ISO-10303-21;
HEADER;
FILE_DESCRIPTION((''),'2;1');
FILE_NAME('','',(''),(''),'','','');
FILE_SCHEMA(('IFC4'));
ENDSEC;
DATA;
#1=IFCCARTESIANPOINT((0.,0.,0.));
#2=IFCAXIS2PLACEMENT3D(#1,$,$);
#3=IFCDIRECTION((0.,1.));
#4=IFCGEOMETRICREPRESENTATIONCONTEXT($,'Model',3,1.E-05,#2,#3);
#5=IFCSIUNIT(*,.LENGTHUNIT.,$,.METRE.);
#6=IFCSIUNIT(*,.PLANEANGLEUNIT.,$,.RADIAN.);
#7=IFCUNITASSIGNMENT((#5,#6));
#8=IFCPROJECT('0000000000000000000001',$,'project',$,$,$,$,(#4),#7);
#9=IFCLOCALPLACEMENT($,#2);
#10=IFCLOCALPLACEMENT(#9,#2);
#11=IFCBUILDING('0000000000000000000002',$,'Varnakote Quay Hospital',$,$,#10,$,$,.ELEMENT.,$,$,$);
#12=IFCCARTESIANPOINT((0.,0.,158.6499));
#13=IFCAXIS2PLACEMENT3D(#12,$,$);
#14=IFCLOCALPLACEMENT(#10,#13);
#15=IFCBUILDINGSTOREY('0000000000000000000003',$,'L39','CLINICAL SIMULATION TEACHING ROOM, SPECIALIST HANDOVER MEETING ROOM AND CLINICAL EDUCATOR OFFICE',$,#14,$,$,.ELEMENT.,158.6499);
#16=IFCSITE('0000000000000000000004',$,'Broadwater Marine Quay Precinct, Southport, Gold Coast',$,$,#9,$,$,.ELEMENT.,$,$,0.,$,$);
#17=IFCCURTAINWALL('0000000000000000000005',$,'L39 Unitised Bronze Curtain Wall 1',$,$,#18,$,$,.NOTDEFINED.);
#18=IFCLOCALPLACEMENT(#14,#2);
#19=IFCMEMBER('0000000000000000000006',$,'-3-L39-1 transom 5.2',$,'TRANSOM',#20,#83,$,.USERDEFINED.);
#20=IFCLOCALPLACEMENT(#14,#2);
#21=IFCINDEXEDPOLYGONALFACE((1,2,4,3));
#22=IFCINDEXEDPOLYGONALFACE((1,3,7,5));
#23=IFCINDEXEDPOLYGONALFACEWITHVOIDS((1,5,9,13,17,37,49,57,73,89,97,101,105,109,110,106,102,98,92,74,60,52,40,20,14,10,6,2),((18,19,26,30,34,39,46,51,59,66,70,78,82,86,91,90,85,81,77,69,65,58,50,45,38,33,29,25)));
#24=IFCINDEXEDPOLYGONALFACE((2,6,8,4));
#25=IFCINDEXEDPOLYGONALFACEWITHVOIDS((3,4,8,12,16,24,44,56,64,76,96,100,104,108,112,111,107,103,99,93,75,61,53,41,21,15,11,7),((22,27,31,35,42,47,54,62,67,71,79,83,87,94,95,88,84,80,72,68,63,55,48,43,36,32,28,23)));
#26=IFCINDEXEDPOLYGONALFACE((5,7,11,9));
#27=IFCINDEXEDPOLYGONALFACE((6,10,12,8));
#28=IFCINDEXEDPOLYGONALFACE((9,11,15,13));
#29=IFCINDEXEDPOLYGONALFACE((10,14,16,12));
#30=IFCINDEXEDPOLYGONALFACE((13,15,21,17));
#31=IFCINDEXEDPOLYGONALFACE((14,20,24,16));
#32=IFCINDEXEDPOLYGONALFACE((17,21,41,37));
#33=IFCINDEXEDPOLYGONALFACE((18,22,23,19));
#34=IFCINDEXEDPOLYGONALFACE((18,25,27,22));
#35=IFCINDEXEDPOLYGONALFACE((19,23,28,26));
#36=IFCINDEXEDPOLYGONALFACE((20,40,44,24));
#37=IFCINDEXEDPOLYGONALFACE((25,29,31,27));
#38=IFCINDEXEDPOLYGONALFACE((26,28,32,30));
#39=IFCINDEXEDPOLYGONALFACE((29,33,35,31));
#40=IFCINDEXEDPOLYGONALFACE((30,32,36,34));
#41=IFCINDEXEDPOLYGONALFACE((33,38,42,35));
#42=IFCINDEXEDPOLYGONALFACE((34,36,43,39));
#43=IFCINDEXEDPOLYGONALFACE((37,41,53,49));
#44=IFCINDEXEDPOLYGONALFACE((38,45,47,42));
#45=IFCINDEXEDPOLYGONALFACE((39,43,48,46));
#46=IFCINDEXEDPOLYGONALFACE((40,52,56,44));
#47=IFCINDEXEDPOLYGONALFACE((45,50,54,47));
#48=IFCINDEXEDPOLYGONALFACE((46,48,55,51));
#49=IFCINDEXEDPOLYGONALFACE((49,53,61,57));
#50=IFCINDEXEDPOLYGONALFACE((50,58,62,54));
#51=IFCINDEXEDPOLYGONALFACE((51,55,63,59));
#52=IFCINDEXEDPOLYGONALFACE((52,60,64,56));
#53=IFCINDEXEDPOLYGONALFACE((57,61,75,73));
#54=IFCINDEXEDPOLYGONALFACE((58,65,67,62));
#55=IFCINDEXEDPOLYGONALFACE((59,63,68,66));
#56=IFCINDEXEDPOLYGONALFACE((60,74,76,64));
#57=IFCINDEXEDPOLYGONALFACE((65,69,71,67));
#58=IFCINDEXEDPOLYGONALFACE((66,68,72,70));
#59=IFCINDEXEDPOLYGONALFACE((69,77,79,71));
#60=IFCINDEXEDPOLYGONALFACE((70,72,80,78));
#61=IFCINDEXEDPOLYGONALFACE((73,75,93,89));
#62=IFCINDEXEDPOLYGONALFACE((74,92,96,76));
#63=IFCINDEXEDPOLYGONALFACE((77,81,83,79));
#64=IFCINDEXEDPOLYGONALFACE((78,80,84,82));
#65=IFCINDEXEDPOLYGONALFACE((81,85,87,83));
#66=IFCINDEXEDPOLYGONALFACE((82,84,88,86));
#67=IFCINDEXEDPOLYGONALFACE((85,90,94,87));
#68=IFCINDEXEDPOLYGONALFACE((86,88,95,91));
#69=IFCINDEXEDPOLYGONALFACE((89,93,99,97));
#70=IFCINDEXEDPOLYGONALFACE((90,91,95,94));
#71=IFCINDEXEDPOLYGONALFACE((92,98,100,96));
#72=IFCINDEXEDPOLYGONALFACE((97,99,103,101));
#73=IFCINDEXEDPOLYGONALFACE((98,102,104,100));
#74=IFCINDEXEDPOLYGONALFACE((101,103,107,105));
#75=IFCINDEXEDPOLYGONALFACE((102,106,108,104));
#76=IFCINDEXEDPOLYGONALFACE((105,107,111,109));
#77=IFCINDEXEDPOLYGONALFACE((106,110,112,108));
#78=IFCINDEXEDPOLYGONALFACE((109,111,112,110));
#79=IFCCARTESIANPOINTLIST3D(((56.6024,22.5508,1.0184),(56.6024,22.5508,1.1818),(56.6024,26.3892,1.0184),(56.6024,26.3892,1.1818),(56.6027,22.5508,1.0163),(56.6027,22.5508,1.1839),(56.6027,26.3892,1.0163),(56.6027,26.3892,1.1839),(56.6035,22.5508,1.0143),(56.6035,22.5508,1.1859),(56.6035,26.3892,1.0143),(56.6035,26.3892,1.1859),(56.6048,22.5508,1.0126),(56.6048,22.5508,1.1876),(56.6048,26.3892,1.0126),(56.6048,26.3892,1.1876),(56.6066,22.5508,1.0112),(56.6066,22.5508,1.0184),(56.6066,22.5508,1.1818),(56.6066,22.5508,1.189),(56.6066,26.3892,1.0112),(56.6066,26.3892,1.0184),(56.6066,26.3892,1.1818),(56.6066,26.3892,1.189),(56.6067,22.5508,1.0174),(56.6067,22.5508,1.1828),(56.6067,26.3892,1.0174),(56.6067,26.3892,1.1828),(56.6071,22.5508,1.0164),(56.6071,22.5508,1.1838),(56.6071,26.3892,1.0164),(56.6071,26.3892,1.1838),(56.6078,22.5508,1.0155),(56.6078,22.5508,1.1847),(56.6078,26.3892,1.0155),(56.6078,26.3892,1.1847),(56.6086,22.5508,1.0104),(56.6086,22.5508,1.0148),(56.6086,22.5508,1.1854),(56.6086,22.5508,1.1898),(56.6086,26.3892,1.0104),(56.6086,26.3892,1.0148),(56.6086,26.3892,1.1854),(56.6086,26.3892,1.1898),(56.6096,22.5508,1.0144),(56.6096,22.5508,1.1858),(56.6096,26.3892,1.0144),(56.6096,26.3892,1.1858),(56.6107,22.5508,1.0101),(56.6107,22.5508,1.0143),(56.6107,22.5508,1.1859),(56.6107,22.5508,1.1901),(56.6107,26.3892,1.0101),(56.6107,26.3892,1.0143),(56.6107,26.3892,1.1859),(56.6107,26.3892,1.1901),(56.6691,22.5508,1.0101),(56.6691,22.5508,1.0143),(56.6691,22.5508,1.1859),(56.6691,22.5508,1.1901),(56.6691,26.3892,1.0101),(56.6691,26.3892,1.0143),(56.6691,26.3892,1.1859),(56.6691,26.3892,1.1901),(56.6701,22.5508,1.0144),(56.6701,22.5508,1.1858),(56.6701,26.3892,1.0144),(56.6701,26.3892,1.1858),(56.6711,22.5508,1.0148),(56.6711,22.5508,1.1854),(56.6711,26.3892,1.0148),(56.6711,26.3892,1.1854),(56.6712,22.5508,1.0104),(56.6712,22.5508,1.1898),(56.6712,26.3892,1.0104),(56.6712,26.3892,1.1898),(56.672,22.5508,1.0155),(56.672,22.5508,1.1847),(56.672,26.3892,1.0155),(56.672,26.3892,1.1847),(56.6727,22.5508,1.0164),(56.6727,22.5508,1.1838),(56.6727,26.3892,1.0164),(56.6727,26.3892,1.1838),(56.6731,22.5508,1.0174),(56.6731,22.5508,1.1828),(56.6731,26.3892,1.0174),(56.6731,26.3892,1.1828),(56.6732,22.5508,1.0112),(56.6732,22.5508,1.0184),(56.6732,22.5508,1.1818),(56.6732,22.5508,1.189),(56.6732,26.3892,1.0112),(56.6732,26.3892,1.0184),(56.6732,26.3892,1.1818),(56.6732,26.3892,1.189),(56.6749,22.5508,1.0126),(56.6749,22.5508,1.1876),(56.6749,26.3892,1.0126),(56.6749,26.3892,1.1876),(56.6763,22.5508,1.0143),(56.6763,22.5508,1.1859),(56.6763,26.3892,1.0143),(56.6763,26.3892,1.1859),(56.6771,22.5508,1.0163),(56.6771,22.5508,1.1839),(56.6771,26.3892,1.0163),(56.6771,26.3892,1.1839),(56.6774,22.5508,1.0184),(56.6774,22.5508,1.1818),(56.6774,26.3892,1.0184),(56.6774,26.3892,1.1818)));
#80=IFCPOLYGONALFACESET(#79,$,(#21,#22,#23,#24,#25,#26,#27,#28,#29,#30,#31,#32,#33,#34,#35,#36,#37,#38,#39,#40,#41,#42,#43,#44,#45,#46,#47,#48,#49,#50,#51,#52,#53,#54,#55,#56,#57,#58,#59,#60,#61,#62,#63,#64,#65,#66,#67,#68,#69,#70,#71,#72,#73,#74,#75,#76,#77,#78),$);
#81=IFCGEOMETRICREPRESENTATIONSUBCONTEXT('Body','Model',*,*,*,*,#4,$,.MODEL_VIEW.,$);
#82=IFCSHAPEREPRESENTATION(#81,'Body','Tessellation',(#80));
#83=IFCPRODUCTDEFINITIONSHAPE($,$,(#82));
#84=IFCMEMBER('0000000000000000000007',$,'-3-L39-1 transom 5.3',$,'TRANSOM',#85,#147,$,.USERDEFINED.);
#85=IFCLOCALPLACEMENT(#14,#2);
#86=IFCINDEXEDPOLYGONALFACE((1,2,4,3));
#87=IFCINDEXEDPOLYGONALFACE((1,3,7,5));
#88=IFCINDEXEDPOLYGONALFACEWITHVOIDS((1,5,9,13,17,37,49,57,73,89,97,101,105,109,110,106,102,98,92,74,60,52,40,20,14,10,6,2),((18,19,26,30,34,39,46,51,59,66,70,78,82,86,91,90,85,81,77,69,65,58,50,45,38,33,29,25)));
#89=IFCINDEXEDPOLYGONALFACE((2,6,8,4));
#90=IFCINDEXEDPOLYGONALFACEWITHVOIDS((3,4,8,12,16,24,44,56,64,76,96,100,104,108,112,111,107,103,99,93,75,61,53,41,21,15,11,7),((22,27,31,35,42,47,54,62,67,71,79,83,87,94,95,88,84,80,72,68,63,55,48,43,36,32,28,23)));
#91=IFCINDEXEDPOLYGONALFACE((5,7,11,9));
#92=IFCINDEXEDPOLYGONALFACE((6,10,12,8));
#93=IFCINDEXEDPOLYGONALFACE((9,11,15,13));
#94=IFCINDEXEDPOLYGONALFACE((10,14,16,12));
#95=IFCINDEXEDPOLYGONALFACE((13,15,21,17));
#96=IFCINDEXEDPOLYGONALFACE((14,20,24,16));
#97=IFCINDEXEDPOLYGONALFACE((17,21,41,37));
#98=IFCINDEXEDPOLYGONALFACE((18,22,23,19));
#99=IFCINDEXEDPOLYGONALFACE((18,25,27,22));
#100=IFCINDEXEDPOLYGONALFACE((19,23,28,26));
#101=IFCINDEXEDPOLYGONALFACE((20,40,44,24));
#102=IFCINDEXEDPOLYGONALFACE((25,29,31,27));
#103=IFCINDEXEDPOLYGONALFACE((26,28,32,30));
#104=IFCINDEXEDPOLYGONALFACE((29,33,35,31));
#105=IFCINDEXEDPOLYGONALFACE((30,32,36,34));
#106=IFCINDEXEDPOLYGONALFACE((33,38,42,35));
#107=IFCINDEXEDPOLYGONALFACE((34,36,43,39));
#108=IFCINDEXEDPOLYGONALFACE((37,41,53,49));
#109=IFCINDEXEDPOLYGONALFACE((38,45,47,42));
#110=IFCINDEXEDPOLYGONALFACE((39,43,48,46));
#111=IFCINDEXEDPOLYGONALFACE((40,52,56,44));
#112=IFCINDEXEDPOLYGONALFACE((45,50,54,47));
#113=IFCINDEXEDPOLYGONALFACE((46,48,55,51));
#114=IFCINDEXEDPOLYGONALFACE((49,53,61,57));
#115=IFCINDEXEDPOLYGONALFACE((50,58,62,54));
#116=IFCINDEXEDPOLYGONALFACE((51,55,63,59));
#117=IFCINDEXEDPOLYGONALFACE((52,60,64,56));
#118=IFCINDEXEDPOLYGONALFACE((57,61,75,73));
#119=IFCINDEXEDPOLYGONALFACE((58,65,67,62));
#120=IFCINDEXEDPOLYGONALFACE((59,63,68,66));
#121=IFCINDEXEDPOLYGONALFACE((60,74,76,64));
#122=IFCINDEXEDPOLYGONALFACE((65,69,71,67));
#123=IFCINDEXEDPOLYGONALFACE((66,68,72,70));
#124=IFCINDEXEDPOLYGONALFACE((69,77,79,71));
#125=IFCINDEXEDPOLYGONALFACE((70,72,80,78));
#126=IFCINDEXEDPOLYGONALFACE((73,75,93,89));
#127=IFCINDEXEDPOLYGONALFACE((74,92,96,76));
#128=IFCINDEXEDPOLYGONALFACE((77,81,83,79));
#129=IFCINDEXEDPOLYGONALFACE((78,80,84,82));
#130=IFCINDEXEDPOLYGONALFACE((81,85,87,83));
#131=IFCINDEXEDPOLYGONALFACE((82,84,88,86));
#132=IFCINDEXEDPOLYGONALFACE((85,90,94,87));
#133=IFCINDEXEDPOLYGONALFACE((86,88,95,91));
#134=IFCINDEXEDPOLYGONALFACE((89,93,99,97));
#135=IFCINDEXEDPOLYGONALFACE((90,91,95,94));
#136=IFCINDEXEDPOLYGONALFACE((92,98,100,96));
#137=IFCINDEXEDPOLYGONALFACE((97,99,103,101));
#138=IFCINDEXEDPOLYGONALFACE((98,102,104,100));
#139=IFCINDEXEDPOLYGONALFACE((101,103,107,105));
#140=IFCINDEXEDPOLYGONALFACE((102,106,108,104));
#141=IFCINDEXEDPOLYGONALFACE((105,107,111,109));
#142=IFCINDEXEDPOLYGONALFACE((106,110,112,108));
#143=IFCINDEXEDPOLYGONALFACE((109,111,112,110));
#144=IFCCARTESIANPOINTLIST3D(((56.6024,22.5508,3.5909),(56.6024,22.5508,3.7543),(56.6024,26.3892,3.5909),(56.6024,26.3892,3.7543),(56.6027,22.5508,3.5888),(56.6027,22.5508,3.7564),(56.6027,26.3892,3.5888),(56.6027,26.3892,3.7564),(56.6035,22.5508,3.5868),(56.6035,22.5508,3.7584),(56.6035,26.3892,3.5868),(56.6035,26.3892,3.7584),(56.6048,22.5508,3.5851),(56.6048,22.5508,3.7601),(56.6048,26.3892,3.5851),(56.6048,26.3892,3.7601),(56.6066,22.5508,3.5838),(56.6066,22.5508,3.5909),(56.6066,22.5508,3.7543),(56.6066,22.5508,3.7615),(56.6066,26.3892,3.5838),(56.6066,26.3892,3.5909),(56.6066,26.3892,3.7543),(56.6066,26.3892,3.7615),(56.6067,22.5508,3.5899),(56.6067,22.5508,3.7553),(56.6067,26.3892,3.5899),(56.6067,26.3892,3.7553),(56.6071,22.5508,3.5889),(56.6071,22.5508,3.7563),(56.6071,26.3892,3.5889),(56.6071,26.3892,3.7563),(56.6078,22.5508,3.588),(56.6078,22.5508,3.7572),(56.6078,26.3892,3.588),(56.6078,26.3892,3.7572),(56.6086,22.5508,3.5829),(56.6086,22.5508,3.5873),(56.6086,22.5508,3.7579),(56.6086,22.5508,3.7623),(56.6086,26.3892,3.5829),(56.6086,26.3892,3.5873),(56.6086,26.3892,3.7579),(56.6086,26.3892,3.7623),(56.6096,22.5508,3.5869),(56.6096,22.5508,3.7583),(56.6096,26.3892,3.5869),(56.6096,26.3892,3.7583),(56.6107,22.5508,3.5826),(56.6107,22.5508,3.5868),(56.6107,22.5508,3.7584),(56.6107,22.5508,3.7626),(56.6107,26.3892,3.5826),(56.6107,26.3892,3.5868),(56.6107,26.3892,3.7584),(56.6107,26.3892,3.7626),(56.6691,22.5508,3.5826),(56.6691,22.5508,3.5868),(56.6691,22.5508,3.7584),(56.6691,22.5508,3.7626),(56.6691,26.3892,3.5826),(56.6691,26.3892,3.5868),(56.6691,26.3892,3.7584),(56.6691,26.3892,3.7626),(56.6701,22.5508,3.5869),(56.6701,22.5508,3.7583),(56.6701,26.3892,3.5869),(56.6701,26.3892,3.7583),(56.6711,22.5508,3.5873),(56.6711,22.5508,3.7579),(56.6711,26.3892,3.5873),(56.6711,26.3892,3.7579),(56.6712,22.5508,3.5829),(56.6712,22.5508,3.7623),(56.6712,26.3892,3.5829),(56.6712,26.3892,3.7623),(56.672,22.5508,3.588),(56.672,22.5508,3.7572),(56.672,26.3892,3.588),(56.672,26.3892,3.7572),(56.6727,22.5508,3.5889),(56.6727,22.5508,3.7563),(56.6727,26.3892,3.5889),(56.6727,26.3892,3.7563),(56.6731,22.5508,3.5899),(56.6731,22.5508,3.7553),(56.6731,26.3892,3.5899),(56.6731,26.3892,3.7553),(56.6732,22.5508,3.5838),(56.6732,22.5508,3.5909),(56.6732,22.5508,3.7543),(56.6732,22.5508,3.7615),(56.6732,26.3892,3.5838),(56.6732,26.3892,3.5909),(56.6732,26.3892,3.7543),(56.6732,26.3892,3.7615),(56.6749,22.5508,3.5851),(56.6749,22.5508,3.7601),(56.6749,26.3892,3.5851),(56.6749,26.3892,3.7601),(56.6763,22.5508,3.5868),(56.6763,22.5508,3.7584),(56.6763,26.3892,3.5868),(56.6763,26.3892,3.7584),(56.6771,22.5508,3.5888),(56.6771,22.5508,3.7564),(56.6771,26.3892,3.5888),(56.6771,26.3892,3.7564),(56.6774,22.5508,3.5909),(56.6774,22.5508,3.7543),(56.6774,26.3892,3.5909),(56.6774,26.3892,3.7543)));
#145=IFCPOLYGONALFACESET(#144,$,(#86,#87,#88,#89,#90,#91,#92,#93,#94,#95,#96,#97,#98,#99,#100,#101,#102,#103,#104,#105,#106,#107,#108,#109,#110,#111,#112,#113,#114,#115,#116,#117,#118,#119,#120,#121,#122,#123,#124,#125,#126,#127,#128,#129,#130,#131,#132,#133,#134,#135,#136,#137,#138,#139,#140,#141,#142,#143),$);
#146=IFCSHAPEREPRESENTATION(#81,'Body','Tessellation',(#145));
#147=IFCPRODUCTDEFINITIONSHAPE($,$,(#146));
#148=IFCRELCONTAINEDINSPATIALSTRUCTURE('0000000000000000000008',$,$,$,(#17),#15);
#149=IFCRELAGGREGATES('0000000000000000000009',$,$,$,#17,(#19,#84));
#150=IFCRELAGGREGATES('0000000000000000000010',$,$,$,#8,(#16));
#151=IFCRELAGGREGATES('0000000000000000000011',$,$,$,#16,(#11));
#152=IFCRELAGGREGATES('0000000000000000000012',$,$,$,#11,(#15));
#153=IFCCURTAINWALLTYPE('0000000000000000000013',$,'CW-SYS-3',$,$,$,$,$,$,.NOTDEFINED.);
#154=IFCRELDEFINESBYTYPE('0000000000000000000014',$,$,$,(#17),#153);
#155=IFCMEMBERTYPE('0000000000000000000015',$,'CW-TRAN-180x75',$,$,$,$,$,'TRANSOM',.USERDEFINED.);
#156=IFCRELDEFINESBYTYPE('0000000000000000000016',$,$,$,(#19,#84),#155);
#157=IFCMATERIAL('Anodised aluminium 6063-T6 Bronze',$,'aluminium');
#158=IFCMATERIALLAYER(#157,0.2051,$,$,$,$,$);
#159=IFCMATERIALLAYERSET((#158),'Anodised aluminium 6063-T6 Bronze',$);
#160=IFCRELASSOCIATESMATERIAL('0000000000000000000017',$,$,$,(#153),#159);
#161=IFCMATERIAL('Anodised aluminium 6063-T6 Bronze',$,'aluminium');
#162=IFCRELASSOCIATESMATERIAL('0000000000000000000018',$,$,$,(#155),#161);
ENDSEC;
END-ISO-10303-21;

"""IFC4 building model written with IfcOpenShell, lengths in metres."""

from ifc_helpers import new_model, si_unit, direction, frame, origin, origin_2d, place, context, subcontext, project, spatial, hollow_rectangle, extrude, material, layer, layer_set, material_profile, profile_set, type_object, element, aggregate, save


model = new_model("IFC4")

# Units and contexts
model_context = context("Model", 3, precision=1e-05, world=origin(), true_north=direction((0.0, 1.0)))
body_context = subcontext(model_context, "Body", "Model", "MODEL_VIEW")
ifc_project = project(units=[si_unit("LENGTHUNIT", "METRE"), si_unit("PLANEANGLEUNIT", "RADIAN")], contexts=[model_context])

# Site, building, storey
site_placement = place(None, origin())
site = spatial("IfcSite", under=ifc_project, at=site_placement, Name="Broadwater Marine Quay Precinct, Southport, Gold Coast", CompositionType="ELEMENT", RefElevation=0.0)
building_placement = place(site_placement, origin())
building = spatial("IfcBuilding", under=site, at=building_placement, Name="Varnakote Quay Hospital", CompositionType="ELEMENT")
storey_placement = place(building_placement, frame((0.0, 0.0, 158.6499)))
storey = spatial("IfcBuildingStorey", under=building, at=storey_placement, Name="L39", Description="CLINICAL SIMULATION TEACHING ROOM, SPECIALIST HANDOVER MEETING ROOM AND CLINICAL EDUCATOR OFFICE", CompositionType="ELEMENT", Elevation=158.6499)

# Curtain wall, members
ifc_material_1 = material(Name="Anodised aluminium 6063-T6 Bronze", Category="aluminium")
ifc_layer_1 = layer(ifc_material_1, 0.2051)
ifc_layer_set_1 = layer_set([ifc_layer_1], Name="Anodised aluminium 6063-T6 Bronze")
curtain_wall_type = type_object("IfcCurtainWallType", Name="CW-SYS-3", PredefinedType="NOTDEFINED", material=ifc_layer_set_1)
curtain_wall_placement = place(storey_placement, origin())
curtain_wall = element("IfcCurtainWall", 1, at=curtain_wall_placement, inside=storey, type_object=curtain_wall_type, Name="L39 Unitised Bronze Curtain Wall 1", PredefinedType="NOTDEFINED")
ifc_material_2 = material(Name="Anodised aluminium 6063-T6 Bronze", Category="aluminium")
ifc_material_profile_1 = material_profile(ifc_material_2, hollow_rectangle(XDim=0.075, YDim=0.1799, WallThickness=0.0042, InnerFilletRadius=0.0042, OuterFilletRadius=0.0083, at=origin_2d()), Name="CW-TRAN-180x75")
ifc_profile_set_1 = profile_set([ifc_material_profile_1], Name="Anodised aluminium 6063-T6 Bronze")
member_type_1 = type_object("IfcMemberType", Name="CW-TRAN-180x75", ElementType="TRANSOM", PredefinedType="USERDEFINED", material=ifc_profile_set_1)
member_1_placement = place(storey_placement, frame((56.6399, 22.5508, 1.1001), z_axis=(0.0, 1.0, 0.0), x_axis=(-1.0, 0.0, 0.0)))
member_1 = element("IfcMember", 2, at=member_1_placement, type_object=member_type_1, Name="-3-L39-1 transom 5.2", ObjectType="TRANSOM", PredefinedType="USERDEFINED", context=body_context, shape_type="SweptSolid", body=[
    extrude(hollow_rectangle(XDim=0.075, YDim=0.1799, WallThickness=0.0042, InnerFilletRadius=0.0042, OuterFilletRadius=0.0083, at=origin_2d()), origin(), (0.0, 0.0, 1.0), 3.8384),
])
member_2_placement = place(storey_placement, frame((56.6399, 22.5508, 3.6726), z_axis=(0.0, 1.0, 0.0), x_axis=(-1.0, 0.0, 0.0)))
member_2 = element("IfcMember", 3, at=member_2_placement, type_object=member_type_1, Name="-3-L39-1 transom 5.3", ObjectType="TRANSOM", PredefinedType="USERDEFINED", context=body_context, shape_type="SweptSolid", body=[
    extrude(hollow_rectangle(XDim=0.075, YDim=0.1799, WallThickness=0.0042, InnerFilletRadius=0.0042, OuterFilletRadius=0.0083, at=origin_2d()), origin(), (0.0, 0.0, 1.0), 3.8384),
])
aggregate(curtain_wall, [member_1, member_2])

save(model, "model.ifc")
